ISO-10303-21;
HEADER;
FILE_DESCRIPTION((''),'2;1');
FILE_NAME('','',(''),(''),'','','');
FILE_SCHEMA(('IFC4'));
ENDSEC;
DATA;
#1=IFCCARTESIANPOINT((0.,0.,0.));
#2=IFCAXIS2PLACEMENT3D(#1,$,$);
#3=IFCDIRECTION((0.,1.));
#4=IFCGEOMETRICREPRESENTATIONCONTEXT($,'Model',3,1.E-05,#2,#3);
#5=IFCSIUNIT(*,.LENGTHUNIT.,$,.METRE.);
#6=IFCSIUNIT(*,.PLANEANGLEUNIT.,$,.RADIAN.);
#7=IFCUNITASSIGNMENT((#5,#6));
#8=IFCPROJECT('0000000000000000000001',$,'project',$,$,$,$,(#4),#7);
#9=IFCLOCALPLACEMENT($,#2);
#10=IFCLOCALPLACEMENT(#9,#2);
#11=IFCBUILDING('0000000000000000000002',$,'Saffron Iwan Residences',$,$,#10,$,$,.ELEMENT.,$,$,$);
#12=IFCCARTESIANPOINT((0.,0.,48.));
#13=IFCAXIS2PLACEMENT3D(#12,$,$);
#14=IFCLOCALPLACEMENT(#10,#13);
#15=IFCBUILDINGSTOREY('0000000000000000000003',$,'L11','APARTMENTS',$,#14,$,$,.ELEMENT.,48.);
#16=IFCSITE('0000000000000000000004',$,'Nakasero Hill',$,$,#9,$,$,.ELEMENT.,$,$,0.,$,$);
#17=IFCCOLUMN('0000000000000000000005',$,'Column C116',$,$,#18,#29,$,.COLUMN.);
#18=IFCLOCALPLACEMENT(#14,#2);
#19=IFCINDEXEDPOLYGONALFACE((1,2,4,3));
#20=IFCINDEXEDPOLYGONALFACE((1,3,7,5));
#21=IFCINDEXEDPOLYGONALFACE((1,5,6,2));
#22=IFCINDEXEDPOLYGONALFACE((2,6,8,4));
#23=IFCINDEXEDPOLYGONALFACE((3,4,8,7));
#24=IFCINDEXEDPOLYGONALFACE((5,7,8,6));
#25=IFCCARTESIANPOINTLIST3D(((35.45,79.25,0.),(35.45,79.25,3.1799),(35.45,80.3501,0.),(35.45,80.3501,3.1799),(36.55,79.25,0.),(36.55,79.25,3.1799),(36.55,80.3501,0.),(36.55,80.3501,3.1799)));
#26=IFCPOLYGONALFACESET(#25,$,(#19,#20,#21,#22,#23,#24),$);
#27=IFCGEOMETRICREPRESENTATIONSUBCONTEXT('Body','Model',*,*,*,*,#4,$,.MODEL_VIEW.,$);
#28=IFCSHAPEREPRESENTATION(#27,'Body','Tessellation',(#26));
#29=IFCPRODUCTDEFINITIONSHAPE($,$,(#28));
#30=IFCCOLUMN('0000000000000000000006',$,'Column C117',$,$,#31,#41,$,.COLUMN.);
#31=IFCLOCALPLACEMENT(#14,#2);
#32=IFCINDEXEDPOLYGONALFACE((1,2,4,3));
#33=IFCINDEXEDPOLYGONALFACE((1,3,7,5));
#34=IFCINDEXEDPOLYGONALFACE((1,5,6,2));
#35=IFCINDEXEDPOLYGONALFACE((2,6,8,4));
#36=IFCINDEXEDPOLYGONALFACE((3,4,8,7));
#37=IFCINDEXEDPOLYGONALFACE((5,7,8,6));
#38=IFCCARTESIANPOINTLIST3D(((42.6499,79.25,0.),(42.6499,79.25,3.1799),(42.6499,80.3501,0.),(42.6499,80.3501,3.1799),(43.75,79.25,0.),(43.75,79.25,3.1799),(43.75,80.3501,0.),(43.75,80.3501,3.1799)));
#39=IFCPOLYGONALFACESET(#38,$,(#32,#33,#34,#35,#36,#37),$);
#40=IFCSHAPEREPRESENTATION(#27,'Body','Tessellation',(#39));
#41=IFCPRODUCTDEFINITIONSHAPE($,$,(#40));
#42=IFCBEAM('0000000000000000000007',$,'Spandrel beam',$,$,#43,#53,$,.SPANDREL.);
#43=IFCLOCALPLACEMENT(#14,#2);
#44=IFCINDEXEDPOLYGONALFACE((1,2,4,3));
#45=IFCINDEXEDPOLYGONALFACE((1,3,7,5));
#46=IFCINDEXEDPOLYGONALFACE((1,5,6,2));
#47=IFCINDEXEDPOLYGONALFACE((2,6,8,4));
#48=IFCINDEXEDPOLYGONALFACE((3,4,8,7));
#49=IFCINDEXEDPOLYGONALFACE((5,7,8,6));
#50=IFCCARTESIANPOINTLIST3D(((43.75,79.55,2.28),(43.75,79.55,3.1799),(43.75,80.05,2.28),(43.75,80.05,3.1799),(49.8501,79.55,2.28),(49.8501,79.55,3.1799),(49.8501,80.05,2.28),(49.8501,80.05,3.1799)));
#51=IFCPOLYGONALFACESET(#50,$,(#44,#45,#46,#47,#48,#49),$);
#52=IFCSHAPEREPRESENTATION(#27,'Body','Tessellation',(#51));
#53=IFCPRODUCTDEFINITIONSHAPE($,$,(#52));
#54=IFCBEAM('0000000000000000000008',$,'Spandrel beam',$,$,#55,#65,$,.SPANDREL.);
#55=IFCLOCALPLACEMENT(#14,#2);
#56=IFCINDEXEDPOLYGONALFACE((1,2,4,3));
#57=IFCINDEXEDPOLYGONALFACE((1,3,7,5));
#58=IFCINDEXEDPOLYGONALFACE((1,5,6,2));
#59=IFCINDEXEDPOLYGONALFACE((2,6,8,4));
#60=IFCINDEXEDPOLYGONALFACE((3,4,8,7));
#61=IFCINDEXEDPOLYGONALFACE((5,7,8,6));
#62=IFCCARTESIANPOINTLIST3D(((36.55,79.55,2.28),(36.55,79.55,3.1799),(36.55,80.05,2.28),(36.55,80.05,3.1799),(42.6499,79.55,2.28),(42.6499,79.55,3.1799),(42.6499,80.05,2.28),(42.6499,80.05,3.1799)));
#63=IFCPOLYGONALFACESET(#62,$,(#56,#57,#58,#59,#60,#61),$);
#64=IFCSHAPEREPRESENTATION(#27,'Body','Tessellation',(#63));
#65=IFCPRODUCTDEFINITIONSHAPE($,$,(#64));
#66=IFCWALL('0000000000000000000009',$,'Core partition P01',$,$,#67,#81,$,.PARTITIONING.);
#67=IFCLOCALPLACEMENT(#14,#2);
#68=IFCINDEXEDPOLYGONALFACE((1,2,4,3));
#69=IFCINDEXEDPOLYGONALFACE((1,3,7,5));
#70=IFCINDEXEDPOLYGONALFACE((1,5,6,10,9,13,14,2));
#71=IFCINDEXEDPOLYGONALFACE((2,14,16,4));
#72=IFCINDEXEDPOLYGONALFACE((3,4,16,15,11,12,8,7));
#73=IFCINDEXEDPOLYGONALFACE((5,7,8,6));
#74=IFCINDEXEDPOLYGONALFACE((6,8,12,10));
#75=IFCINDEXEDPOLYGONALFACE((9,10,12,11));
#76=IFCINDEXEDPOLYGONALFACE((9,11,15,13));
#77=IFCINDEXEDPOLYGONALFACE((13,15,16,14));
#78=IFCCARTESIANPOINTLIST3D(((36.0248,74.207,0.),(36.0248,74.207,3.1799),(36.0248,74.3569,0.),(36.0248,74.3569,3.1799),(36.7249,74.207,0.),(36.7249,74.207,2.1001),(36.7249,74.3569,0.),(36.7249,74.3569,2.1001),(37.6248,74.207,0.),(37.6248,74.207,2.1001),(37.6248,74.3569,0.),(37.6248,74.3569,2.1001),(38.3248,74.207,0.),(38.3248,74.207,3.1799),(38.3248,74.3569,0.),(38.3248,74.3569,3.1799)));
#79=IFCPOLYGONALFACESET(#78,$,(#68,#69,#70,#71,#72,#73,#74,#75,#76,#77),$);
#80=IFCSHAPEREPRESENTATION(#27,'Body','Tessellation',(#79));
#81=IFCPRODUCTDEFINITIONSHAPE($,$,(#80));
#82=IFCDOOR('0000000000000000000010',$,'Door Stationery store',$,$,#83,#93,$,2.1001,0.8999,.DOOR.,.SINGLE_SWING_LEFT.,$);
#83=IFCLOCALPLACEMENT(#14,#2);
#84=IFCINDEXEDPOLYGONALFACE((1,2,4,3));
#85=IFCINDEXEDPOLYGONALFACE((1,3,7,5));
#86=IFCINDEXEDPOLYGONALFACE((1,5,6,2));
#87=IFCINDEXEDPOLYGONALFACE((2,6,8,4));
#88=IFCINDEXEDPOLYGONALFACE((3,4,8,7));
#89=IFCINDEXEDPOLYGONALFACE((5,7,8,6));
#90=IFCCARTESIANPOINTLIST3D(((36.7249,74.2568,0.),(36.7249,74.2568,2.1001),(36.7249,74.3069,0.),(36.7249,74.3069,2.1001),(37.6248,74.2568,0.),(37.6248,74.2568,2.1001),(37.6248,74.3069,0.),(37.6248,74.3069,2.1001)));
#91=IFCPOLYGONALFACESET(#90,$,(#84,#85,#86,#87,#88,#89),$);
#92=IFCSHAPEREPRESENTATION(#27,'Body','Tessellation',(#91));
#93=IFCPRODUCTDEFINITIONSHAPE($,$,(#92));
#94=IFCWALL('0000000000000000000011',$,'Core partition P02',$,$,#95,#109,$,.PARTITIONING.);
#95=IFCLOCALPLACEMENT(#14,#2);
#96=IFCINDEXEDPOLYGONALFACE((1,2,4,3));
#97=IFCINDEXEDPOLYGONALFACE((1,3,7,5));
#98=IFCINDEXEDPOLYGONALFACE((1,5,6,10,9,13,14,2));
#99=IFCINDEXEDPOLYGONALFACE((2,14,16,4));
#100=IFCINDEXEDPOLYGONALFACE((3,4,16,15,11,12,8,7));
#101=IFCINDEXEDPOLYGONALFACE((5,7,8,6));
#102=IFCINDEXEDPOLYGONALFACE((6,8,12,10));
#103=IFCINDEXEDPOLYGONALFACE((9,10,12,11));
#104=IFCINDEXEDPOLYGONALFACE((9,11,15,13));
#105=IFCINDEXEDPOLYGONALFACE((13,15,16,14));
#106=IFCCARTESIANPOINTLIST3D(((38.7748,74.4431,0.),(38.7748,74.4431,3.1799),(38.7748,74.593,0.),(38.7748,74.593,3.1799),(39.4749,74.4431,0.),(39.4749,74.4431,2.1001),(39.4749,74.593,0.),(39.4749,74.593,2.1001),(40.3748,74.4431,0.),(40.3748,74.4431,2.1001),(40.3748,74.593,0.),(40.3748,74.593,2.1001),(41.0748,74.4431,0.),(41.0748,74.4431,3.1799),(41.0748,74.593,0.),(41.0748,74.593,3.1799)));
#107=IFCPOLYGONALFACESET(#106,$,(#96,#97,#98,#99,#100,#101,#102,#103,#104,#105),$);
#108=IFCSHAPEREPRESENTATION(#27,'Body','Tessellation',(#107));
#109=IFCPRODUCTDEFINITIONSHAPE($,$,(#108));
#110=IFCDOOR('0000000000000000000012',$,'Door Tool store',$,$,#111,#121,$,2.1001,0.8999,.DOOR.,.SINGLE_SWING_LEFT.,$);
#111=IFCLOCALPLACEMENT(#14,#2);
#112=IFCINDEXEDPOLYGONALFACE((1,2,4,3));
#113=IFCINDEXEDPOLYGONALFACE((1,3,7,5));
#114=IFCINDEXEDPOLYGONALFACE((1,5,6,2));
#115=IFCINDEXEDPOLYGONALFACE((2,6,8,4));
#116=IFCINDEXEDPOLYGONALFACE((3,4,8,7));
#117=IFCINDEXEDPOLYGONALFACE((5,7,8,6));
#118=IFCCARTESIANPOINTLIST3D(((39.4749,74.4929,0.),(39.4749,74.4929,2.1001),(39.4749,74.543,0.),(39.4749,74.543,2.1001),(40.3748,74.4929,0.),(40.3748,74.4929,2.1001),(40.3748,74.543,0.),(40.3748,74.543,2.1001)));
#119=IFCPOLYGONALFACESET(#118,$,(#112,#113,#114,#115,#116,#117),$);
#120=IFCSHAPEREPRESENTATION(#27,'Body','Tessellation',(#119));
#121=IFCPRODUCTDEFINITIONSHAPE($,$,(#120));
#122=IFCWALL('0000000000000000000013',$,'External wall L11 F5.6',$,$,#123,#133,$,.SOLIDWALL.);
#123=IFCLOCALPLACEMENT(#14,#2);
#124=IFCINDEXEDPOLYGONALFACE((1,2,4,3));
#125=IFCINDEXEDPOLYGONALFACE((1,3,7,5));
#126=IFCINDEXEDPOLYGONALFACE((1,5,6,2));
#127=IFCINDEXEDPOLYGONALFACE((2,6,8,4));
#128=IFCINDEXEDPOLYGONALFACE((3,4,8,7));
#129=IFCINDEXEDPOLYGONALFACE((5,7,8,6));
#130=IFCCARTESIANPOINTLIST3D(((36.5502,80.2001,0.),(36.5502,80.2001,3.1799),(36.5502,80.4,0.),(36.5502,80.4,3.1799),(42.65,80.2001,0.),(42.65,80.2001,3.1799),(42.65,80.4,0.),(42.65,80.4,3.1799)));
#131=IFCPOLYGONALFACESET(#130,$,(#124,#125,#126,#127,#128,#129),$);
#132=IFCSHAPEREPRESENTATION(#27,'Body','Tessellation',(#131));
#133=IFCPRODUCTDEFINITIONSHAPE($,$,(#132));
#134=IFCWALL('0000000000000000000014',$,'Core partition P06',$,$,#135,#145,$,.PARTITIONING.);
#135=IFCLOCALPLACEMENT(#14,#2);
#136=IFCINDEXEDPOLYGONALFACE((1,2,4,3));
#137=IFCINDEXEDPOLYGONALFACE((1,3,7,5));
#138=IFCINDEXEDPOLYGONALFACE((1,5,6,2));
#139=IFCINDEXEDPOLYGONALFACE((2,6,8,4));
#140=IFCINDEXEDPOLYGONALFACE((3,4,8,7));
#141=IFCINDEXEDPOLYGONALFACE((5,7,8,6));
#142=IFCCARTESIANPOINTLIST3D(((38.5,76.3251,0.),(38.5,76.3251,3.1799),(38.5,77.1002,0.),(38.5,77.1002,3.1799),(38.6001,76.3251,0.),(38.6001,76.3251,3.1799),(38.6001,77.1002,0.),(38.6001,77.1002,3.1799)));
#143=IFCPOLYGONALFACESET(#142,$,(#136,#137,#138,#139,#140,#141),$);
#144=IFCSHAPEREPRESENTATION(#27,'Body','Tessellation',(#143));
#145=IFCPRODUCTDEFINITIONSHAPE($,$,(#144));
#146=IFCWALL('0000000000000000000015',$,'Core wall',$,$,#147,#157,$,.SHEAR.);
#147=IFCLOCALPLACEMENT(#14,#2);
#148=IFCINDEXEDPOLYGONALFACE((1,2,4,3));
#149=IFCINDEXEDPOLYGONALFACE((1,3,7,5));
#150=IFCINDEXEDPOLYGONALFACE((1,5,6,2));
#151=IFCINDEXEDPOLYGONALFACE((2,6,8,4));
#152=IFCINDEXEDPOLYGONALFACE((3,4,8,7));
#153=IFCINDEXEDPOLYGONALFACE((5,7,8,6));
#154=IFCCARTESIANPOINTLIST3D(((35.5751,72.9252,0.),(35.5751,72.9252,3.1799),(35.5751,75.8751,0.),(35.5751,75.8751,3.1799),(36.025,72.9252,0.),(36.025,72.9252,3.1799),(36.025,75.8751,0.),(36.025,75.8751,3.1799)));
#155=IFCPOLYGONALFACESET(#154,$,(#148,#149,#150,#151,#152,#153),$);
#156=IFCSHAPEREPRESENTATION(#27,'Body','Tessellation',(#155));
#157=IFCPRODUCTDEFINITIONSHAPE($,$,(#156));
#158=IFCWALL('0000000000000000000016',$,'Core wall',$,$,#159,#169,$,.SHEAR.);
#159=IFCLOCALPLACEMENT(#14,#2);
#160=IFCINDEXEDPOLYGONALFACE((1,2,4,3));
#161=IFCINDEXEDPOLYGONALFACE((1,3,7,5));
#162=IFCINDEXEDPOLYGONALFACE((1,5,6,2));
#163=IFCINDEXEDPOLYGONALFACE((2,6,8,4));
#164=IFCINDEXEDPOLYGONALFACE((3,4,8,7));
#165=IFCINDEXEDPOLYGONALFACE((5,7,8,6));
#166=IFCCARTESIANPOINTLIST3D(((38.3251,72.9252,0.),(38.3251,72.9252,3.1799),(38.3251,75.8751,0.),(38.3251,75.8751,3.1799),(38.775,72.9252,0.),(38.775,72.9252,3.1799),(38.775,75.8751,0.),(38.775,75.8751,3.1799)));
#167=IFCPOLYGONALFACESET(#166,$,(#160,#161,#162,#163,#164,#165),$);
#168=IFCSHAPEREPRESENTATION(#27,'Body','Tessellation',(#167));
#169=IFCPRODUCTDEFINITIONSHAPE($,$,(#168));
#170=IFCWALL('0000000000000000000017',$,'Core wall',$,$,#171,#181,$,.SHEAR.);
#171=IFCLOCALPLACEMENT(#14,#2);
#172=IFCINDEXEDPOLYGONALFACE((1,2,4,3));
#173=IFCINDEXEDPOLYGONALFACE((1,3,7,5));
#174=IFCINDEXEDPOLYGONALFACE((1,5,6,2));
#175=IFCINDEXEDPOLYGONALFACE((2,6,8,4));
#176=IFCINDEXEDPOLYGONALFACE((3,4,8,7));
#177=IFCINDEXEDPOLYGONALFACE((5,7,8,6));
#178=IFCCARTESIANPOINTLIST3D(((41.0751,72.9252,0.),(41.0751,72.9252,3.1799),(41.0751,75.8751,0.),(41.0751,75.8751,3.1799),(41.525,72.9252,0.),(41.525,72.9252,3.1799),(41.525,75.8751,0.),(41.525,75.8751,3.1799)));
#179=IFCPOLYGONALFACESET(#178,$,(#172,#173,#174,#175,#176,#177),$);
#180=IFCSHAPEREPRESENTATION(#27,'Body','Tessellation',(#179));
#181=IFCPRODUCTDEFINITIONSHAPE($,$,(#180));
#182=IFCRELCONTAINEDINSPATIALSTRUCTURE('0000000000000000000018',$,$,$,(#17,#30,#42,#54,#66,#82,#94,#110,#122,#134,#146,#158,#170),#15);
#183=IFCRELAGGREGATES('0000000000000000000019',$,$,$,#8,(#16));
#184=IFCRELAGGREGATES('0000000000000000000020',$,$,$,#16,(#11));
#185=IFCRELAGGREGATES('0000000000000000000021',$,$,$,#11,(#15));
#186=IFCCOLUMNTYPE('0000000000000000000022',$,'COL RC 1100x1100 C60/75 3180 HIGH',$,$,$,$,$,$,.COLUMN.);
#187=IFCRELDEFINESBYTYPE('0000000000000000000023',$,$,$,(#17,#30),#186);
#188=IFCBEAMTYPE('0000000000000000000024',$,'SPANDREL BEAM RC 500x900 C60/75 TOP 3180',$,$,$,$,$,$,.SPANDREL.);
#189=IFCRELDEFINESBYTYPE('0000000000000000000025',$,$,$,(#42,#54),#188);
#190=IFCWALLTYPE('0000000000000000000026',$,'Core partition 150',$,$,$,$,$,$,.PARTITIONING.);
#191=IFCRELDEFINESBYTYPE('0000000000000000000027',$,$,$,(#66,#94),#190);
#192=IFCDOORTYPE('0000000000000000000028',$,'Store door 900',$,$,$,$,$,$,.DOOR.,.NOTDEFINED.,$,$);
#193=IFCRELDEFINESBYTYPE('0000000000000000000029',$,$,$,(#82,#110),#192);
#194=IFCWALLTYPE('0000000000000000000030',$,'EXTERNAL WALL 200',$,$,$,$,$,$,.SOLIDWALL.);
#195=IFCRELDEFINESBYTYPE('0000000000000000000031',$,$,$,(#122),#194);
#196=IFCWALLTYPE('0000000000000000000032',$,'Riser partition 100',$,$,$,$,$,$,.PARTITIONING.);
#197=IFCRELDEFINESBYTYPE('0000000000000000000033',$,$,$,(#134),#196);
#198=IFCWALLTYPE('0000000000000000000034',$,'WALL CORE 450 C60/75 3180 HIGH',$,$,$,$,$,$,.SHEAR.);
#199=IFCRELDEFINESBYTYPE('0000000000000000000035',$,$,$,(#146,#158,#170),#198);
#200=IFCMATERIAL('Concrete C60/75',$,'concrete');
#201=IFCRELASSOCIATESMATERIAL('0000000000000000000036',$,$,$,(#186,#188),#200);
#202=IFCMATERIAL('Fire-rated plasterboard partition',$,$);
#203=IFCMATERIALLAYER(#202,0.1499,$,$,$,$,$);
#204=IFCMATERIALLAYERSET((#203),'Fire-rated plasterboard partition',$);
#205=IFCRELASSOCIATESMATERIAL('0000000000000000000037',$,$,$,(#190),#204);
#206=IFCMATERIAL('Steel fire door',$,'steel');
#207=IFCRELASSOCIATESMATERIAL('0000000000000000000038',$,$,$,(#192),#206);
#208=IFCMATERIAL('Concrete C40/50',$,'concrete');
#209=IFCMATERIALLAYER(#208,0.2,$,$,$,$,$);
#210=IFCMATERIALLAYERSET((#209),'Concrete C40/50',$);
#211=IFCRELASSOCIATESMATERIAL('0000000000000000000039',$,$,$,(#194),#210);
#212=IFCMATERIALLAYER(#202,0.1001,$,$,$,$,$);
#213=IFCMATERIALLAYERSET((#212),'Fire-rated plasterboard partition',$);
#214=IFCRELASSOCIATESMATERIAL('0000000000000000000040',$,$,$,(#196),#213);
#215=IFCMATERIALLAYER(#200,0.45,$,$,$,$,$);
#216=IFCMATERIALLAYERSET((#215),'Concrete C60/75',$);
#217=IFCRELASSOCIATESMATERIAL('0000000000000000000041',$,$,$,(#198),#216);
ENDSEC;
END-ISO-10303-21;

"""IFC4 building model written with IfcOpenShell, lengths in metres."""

from ifc_helpers import new_model, si_unit, direction, frame, frame_2d, origin, origin_2d, place, context, subcontext, project, spatial, rectangle, extrude, source, transform, mapped, material, layer, layer_set, material_profile, profile_set, type_object, element, fill, save


model = new_model("IFC4")

# Units and contexts
model_context = context("Model", 3, precision=1e-05, world=origin(), true_north=direction((0.0, 1.0)))
body_context = subcontext(model_context, "Body", "Model", "MODEL_VIEW")
ifc_project = project(units=[si_unit("LENGTHUNIT", "METRE"), si_unit("PLANEANGLEUNIT", "RADIAN")], contexts=[model_context])

# Site, building, storey
site_placement = place(None, origin())
site = spatial("IfcSite", under=ifc_project, at=site_placement, Name="Nakasero Hill", CompositionType="ELEMENT", RefElevation=0.0)
building_placement = place(site_placement, origin())
building = spatial("IfcBuilding", under=site, at=building_placement, Name="Saffron Iwan Residences", CompositionType="ELEMENT")
storey_placement = place(building_placement, frame((0.0, 0.0, 48.0)))
storey = spatial("IfcBuildingStorey", under=building, at=storey_placement, Name="L11", Description="APARTMENTS", CompositionType="ELEMENT", Elevation=48.0)

# Columns
ifc_material_1 = material(Name="Concrete C60/75", Category="concrete")
ifc_material_profile_1 = material_profile(ifc_material_1, rectangle(XDim=1.1001, YDim=1.1001, at=origin_2d()), Name="RC 1100x1100")
ifc_profile_set_1 = profile_set([ifc_material_profile_1], Name="Concrete C60/75")
column_type = type_object("IfcColumnType", Name="COL RC 1100x1100 C60/75 3180 HIGH", PredefinedType="COLUMN", material=ifc_profile_set_1)
shared_shape_1 = source(origin(), body_context, "Body", "SweptSolid", [
    extrude(rectangle(XDim=1.1001, YDim=1.1001, at=origin_2d()), origin(), (0.0, 0.0, 1.0), 3.1799),
])
for number, where, z_axis, x_axis, name in (
    (1, (36.0, 79.8, 0.0), (0.0, 0.0, 1.0), (1.0, 0.0, 0.0), "Column C116"),
    (2, (43.2, 79.8, 0.0), (0.0, 0.0, 1.0), (1.0, 0.0, 0.0), "Column C117"),
):
    element("IfcColumn", number, at=place(storey_placement, frame(where, z_axis=z_axis, x_axis=x_axis)), inside=storey, type_object=column_type, Name=name, PredefinedType="COLUMN", context=body_context, shape_type="MappedRepresentation", body=[
        mapped(shared_shape_1, transform((0.0, 0.0, 0.0))),
    ])

# Beams
ifc_material_profile_2 = material_profile(ifc_material_1, rectangle(XDim=0.5, YDim=0.8999, at=origin_2d()), Name="RC 500x900")
ifc_profile_set_2 = profile_set([ifc_material_profile_2], Name="Concrete C60/75")
beam_type = type_object("IfcBeamType", Name="SPANDREL BEAM RC 500x900 C60/75 TOP 3180", PredefinedType="SPANDREL", material=ifc_profile_set_2)
shared_shape_2 = source(origin(), body_context, "Body", "SweptSolid", [
    extrude(rectangle(XDim=0.5, YDim=0.8999, at=origin_2d()), origin(), (0.0, 0.0, 1.0), 6.1001),
])
beam_1_placement = place(storey_placement, frame((43.75, 79.8, 2.73), z_axis=(1.0, 0.0, 0.0), x_axis=(0.0, 1.0, 0.0)))
element("IfcBeam", 3, at=beam_1_placement, inside=storey, type_object=beam_type, Name="Spandrel beam", PredefinedType="SPANDREL", context=body_context, shape_type="MappedRepresentation", body=[
    mapped(shared_shape_2, transform((0.0, 0.0, 0.0))),
])
shared_shape_3 = source(origin(), body_context, "Body", "SweptSolid", [
    extrude(rectangle(XDim=0.5, YDim=0.8999, at=origin_2d()), origin(), (0.0, 0.0, 1.0), 6.0999),
])
beam_2_placement = place(storey_placement, frame((36.55, 79.8, 2.73), z_axis=(1.0, 0.0, 0.0), x_axis=(0.0, 1.0, 0.0)))
element("IfcBeam", 4, at=beam_2_placement, inside=storey, type_object=beam_type, Name="Spandrel beam", PredefinedType="SPANDREL", context=body_context, shape_type="MappedRepresentation", body=[
    mapped(shared_shape_3, transform((0.0, 0.0, 0.0))),
])

# Walls, openings, doors
ifc_material_2 = material(Name="Fire-rated plasterboard partition")
ifc_layer_1 = layer(ifc_material_2, 0.1499)
ifc_layer_set_1 = layer_set([ifc_layer_1], Name="Fire-rated plasterboard partition")
wall_type_1 = type_object("IfcWallType", Name="Core partition 150", PredefinedType="PARTITIONING", material=ifc_layer_set_1)
wall_1_placement = place(storey_placement, frame((36.0249, 74.282, 0.0), z_axis=(0.0, 0.0, 1.0), x_axis=(1.0, 0.0, 0.0)))
wall_1 = element("IfcWall", 5, at=wall_1_placement, inside=storey, type_object=wall_type_1, Name="Core partition P01", PredefinedType="PARTITIONING", context=body_context, shape_type="SweptSolid", body=[
    extrude(rectangle(XDim=2.3, YDim=0.1499, at=frame_2d((1.1499, 0.0))), origin(), (0.0, 0.0, 1.0), 3.1799),
])
opening_1_placement = place(wall_1_placement, frame((0.7, 0.0, 0.0)))
opening_1 = element("IfcOpeningElement", 6, at=opening_1_placement, cuts=wall_1, PredefinedType="OPENING", context=body_context, shape_type="SweptSolid", body=[
    extrude(rectangle(XDim=0.8999, YDim=2.1001, at=frame_2d((0.45, 1.05))), frame((0.0, 0.085, 0.0), z_axis=(0.0, -1.0, 0.0), x_axis=(1.0, 0.0, 0.0)), (0.0, 0.0, 1.0), 0.1699),
])
ifc_material_3 = material(Name="Steel fire door", Category="steel")
door_type = type_object("IfcDoorType", Name="Store door 900", OperationType="NOTDEFINED", PredefinedType="DOOR", material=ifc_material_3)
door_1_placement = place(opening_1_placement, origin())
door_1 = element("IfcDoor", 7, at=door_1_placement, inside=storey, type_object=door_type, Name="Door Stationery store", OperationType="SINGLE_SWING_LEFT", OverallHeight=2.1001, OverallWidth=0.8999, PredefinedType="DOOR", context=body_context, shape_type="SweptSolid", body=[
    extrude(rectangle(XDim=0.8999, YDim=2.1001, at=frame_2d((0.45, 1.05))), frame((0.0, 0.0249, 0.0), z_axis=(0.0, -1.0, 0.0), x_axis=(1.0, 0.0, 0.0)), (0.0, 0.0, 1.0), 0.05),
])
fill(opening_1, door_1)
wall_2_placement = place(storey_placement, frame((38.7749, 74.5181, 0.0), z_axis=(0.0, 0.0, 1.0), x_axis=(1.0, 0.0, 0.0)))
wall_2 = element("IfcWall", 8, at=wall_2_placement, inside=storey, type_object=wall_type_1, Name="Core partition P02", PredefinedType="PARTITIONING", context=body_context, shape_type="SweptSolid", body=[
    extrude(rectangle(XDim=2.3, YDim=0.1499, at=frame_2d((1.1499, 0.0))), origin(), (0.0, 0.0, 1.0), 3.1799),
])
opening_2_placement = place(wall_2_placement, frame((0.7, 0.0, 0.0)))
opening_2 = element("IfcOpeningElement", 9, at=opening_2_placement, cuts=wall_2, PredefinedType="OPENING", context=body_context, shape_type="SweptSolid", body=[
    extrude(rectangle(XDim=0.8999, YDim=2.1001, at=frame_2d((0.45, 1.05))), frame((0.0, 0.085, 0.0), z_axis=(0.0, -1.0, 0.0), x_axis=(1.0, 0.0, 0.0)), (0.0, 0.0, 1.0), 0.1699),
])
door_2_placement = place(opening_2_placement, origin())
door_2 = element("IfcDoor", 10, at=door_2_placement, inside=storey, type_object=door_type, Name="Door Tool store", OperationType="SINGLE_SWING_LEFT", OverallHeight=2.1001, OverallWidth=0.8999, PredefinedType="DOOR", context=body_context, shape_type="SweptSolid", body=[
    extrude(rectangle(XDim=0.8999, YDim=2.1001, at=frame_2d((0.45, 1.05))), frame((0.0, 0.0249, 0.0), z_axis=(0.0, -1.0, 0.0), x_axis=(1.0, 0.0, 0.0)), (0.0, 0.0, 1.0), 0.05),
])
fill(opening_2, door_2)

# Walls
ifc_material_4 = material(Name="Concrete C40/50", Category="concrete")
ifc_layer_2 = layer(ifc_material_4, 0.2)
ifc_layer_set_2 = layer_set([ifc_layer_2], Name="Concrete C40/50")
wall_type_2 = type_object("IfcWallType", Name="EXTERNAL WALL 200", PredefinedType="SOLIDWALL", material=ifc_layer_set_2)
wall_3_placement = place(storey_placement, frame((42.6499, 80.3, 0.0), z_axis=(0.0, 0.0, 1.0), x_axis=(-1.0, 0.0, 0.0)))
element("IfcWall", 11, at=wall_3_placement, inside=storey, type_object=wall_type_2, Name="External wall L11 F5.6", PredefinedType="SOLIDWALL", context=body_context, shape_type="SweptSolid", body=[
    extrude(rectangle(XDim=6.0999, YDim=0.2, at=frame_2d((3.0498, 0.0))), origin(), (0.0, 0.0, 1.0), 3.1799),
])
ifc_layer_3 = layer(ifc_material_2, 0.1001)
ifc_layer_set_3 = layer_set([ifc_layer_3], Name="Fire-rated plasterboard partition")
wall_type_3 = type_object("IfcWallType", Name="Riser partition 100", PredefinedType="PARTITIONING", material=ifc_layer_set_3)
wall_4_placement = place(storey_placement, frame((38.55, 76.325, 0.0), z_axis=(0.0, 0.0, 1.0), x_axis=(0.0, 1.0, 0.0)))
element("IfcWall", 12, at=wall_4_placement, inside=storey, type_object=wall_type_3, Name="Core partition P06", PredefinedType="PARTITIONING", context=body_context, shape_type="SweptSolid", body=[
    extrude(rectangle(XDim=0.7751, YDim=0.1001, at=frame_2d((0.3877, 0.0))), origin(), (0.0, 0.0, 1.0), 3.1799),
])
ifc_layer_4 = layer(ifc_material_1, 0.45)
ifc_layer_set_4 = layer_set([ifc_layer_4], Name="Concrete C60/75")
wall_type_4 = type_object("IfcWallType", Name="WALL CORE 450 C60/75 3180 HIGH", PredefinedType="SHEAR", material=ifc_layer_set_4)
for number, where, z_axis, x_axis, name in (
    (13, (35.8, 72.925, 0.0), (0.0, 0.0, 1.0), (0.0, 1.0, 0.0), "Core wall"),
    (14, (38.55, 72.925, 0.0), (0.0, 0.0, 1.0), (0.0, 1.0, 0.0), "Core wall"),
    (15, (41.3, 72.925, 0.0), (0.0, 0.0, 1.0), (0.0, 1.0, 0.0), "Core wall"),
):
    element("IfcWall", number, at=place(storey_placement, frame(where, z_axis=z_axis, x_axis=x_axis)), inside=storey, type_object=wall_type_4, Name=name, PredefinedType="SHEAR", context=body_context, shape_type="SweptSolid", body=[
        extrude(rectangle(XDim=2.95, YDim=0.45, at=frame_2d((1.4751, 0.0))), origin(), (0.0, 0.0, 1.0), 3.1799),
    ])

save(model, "model.ifc")
